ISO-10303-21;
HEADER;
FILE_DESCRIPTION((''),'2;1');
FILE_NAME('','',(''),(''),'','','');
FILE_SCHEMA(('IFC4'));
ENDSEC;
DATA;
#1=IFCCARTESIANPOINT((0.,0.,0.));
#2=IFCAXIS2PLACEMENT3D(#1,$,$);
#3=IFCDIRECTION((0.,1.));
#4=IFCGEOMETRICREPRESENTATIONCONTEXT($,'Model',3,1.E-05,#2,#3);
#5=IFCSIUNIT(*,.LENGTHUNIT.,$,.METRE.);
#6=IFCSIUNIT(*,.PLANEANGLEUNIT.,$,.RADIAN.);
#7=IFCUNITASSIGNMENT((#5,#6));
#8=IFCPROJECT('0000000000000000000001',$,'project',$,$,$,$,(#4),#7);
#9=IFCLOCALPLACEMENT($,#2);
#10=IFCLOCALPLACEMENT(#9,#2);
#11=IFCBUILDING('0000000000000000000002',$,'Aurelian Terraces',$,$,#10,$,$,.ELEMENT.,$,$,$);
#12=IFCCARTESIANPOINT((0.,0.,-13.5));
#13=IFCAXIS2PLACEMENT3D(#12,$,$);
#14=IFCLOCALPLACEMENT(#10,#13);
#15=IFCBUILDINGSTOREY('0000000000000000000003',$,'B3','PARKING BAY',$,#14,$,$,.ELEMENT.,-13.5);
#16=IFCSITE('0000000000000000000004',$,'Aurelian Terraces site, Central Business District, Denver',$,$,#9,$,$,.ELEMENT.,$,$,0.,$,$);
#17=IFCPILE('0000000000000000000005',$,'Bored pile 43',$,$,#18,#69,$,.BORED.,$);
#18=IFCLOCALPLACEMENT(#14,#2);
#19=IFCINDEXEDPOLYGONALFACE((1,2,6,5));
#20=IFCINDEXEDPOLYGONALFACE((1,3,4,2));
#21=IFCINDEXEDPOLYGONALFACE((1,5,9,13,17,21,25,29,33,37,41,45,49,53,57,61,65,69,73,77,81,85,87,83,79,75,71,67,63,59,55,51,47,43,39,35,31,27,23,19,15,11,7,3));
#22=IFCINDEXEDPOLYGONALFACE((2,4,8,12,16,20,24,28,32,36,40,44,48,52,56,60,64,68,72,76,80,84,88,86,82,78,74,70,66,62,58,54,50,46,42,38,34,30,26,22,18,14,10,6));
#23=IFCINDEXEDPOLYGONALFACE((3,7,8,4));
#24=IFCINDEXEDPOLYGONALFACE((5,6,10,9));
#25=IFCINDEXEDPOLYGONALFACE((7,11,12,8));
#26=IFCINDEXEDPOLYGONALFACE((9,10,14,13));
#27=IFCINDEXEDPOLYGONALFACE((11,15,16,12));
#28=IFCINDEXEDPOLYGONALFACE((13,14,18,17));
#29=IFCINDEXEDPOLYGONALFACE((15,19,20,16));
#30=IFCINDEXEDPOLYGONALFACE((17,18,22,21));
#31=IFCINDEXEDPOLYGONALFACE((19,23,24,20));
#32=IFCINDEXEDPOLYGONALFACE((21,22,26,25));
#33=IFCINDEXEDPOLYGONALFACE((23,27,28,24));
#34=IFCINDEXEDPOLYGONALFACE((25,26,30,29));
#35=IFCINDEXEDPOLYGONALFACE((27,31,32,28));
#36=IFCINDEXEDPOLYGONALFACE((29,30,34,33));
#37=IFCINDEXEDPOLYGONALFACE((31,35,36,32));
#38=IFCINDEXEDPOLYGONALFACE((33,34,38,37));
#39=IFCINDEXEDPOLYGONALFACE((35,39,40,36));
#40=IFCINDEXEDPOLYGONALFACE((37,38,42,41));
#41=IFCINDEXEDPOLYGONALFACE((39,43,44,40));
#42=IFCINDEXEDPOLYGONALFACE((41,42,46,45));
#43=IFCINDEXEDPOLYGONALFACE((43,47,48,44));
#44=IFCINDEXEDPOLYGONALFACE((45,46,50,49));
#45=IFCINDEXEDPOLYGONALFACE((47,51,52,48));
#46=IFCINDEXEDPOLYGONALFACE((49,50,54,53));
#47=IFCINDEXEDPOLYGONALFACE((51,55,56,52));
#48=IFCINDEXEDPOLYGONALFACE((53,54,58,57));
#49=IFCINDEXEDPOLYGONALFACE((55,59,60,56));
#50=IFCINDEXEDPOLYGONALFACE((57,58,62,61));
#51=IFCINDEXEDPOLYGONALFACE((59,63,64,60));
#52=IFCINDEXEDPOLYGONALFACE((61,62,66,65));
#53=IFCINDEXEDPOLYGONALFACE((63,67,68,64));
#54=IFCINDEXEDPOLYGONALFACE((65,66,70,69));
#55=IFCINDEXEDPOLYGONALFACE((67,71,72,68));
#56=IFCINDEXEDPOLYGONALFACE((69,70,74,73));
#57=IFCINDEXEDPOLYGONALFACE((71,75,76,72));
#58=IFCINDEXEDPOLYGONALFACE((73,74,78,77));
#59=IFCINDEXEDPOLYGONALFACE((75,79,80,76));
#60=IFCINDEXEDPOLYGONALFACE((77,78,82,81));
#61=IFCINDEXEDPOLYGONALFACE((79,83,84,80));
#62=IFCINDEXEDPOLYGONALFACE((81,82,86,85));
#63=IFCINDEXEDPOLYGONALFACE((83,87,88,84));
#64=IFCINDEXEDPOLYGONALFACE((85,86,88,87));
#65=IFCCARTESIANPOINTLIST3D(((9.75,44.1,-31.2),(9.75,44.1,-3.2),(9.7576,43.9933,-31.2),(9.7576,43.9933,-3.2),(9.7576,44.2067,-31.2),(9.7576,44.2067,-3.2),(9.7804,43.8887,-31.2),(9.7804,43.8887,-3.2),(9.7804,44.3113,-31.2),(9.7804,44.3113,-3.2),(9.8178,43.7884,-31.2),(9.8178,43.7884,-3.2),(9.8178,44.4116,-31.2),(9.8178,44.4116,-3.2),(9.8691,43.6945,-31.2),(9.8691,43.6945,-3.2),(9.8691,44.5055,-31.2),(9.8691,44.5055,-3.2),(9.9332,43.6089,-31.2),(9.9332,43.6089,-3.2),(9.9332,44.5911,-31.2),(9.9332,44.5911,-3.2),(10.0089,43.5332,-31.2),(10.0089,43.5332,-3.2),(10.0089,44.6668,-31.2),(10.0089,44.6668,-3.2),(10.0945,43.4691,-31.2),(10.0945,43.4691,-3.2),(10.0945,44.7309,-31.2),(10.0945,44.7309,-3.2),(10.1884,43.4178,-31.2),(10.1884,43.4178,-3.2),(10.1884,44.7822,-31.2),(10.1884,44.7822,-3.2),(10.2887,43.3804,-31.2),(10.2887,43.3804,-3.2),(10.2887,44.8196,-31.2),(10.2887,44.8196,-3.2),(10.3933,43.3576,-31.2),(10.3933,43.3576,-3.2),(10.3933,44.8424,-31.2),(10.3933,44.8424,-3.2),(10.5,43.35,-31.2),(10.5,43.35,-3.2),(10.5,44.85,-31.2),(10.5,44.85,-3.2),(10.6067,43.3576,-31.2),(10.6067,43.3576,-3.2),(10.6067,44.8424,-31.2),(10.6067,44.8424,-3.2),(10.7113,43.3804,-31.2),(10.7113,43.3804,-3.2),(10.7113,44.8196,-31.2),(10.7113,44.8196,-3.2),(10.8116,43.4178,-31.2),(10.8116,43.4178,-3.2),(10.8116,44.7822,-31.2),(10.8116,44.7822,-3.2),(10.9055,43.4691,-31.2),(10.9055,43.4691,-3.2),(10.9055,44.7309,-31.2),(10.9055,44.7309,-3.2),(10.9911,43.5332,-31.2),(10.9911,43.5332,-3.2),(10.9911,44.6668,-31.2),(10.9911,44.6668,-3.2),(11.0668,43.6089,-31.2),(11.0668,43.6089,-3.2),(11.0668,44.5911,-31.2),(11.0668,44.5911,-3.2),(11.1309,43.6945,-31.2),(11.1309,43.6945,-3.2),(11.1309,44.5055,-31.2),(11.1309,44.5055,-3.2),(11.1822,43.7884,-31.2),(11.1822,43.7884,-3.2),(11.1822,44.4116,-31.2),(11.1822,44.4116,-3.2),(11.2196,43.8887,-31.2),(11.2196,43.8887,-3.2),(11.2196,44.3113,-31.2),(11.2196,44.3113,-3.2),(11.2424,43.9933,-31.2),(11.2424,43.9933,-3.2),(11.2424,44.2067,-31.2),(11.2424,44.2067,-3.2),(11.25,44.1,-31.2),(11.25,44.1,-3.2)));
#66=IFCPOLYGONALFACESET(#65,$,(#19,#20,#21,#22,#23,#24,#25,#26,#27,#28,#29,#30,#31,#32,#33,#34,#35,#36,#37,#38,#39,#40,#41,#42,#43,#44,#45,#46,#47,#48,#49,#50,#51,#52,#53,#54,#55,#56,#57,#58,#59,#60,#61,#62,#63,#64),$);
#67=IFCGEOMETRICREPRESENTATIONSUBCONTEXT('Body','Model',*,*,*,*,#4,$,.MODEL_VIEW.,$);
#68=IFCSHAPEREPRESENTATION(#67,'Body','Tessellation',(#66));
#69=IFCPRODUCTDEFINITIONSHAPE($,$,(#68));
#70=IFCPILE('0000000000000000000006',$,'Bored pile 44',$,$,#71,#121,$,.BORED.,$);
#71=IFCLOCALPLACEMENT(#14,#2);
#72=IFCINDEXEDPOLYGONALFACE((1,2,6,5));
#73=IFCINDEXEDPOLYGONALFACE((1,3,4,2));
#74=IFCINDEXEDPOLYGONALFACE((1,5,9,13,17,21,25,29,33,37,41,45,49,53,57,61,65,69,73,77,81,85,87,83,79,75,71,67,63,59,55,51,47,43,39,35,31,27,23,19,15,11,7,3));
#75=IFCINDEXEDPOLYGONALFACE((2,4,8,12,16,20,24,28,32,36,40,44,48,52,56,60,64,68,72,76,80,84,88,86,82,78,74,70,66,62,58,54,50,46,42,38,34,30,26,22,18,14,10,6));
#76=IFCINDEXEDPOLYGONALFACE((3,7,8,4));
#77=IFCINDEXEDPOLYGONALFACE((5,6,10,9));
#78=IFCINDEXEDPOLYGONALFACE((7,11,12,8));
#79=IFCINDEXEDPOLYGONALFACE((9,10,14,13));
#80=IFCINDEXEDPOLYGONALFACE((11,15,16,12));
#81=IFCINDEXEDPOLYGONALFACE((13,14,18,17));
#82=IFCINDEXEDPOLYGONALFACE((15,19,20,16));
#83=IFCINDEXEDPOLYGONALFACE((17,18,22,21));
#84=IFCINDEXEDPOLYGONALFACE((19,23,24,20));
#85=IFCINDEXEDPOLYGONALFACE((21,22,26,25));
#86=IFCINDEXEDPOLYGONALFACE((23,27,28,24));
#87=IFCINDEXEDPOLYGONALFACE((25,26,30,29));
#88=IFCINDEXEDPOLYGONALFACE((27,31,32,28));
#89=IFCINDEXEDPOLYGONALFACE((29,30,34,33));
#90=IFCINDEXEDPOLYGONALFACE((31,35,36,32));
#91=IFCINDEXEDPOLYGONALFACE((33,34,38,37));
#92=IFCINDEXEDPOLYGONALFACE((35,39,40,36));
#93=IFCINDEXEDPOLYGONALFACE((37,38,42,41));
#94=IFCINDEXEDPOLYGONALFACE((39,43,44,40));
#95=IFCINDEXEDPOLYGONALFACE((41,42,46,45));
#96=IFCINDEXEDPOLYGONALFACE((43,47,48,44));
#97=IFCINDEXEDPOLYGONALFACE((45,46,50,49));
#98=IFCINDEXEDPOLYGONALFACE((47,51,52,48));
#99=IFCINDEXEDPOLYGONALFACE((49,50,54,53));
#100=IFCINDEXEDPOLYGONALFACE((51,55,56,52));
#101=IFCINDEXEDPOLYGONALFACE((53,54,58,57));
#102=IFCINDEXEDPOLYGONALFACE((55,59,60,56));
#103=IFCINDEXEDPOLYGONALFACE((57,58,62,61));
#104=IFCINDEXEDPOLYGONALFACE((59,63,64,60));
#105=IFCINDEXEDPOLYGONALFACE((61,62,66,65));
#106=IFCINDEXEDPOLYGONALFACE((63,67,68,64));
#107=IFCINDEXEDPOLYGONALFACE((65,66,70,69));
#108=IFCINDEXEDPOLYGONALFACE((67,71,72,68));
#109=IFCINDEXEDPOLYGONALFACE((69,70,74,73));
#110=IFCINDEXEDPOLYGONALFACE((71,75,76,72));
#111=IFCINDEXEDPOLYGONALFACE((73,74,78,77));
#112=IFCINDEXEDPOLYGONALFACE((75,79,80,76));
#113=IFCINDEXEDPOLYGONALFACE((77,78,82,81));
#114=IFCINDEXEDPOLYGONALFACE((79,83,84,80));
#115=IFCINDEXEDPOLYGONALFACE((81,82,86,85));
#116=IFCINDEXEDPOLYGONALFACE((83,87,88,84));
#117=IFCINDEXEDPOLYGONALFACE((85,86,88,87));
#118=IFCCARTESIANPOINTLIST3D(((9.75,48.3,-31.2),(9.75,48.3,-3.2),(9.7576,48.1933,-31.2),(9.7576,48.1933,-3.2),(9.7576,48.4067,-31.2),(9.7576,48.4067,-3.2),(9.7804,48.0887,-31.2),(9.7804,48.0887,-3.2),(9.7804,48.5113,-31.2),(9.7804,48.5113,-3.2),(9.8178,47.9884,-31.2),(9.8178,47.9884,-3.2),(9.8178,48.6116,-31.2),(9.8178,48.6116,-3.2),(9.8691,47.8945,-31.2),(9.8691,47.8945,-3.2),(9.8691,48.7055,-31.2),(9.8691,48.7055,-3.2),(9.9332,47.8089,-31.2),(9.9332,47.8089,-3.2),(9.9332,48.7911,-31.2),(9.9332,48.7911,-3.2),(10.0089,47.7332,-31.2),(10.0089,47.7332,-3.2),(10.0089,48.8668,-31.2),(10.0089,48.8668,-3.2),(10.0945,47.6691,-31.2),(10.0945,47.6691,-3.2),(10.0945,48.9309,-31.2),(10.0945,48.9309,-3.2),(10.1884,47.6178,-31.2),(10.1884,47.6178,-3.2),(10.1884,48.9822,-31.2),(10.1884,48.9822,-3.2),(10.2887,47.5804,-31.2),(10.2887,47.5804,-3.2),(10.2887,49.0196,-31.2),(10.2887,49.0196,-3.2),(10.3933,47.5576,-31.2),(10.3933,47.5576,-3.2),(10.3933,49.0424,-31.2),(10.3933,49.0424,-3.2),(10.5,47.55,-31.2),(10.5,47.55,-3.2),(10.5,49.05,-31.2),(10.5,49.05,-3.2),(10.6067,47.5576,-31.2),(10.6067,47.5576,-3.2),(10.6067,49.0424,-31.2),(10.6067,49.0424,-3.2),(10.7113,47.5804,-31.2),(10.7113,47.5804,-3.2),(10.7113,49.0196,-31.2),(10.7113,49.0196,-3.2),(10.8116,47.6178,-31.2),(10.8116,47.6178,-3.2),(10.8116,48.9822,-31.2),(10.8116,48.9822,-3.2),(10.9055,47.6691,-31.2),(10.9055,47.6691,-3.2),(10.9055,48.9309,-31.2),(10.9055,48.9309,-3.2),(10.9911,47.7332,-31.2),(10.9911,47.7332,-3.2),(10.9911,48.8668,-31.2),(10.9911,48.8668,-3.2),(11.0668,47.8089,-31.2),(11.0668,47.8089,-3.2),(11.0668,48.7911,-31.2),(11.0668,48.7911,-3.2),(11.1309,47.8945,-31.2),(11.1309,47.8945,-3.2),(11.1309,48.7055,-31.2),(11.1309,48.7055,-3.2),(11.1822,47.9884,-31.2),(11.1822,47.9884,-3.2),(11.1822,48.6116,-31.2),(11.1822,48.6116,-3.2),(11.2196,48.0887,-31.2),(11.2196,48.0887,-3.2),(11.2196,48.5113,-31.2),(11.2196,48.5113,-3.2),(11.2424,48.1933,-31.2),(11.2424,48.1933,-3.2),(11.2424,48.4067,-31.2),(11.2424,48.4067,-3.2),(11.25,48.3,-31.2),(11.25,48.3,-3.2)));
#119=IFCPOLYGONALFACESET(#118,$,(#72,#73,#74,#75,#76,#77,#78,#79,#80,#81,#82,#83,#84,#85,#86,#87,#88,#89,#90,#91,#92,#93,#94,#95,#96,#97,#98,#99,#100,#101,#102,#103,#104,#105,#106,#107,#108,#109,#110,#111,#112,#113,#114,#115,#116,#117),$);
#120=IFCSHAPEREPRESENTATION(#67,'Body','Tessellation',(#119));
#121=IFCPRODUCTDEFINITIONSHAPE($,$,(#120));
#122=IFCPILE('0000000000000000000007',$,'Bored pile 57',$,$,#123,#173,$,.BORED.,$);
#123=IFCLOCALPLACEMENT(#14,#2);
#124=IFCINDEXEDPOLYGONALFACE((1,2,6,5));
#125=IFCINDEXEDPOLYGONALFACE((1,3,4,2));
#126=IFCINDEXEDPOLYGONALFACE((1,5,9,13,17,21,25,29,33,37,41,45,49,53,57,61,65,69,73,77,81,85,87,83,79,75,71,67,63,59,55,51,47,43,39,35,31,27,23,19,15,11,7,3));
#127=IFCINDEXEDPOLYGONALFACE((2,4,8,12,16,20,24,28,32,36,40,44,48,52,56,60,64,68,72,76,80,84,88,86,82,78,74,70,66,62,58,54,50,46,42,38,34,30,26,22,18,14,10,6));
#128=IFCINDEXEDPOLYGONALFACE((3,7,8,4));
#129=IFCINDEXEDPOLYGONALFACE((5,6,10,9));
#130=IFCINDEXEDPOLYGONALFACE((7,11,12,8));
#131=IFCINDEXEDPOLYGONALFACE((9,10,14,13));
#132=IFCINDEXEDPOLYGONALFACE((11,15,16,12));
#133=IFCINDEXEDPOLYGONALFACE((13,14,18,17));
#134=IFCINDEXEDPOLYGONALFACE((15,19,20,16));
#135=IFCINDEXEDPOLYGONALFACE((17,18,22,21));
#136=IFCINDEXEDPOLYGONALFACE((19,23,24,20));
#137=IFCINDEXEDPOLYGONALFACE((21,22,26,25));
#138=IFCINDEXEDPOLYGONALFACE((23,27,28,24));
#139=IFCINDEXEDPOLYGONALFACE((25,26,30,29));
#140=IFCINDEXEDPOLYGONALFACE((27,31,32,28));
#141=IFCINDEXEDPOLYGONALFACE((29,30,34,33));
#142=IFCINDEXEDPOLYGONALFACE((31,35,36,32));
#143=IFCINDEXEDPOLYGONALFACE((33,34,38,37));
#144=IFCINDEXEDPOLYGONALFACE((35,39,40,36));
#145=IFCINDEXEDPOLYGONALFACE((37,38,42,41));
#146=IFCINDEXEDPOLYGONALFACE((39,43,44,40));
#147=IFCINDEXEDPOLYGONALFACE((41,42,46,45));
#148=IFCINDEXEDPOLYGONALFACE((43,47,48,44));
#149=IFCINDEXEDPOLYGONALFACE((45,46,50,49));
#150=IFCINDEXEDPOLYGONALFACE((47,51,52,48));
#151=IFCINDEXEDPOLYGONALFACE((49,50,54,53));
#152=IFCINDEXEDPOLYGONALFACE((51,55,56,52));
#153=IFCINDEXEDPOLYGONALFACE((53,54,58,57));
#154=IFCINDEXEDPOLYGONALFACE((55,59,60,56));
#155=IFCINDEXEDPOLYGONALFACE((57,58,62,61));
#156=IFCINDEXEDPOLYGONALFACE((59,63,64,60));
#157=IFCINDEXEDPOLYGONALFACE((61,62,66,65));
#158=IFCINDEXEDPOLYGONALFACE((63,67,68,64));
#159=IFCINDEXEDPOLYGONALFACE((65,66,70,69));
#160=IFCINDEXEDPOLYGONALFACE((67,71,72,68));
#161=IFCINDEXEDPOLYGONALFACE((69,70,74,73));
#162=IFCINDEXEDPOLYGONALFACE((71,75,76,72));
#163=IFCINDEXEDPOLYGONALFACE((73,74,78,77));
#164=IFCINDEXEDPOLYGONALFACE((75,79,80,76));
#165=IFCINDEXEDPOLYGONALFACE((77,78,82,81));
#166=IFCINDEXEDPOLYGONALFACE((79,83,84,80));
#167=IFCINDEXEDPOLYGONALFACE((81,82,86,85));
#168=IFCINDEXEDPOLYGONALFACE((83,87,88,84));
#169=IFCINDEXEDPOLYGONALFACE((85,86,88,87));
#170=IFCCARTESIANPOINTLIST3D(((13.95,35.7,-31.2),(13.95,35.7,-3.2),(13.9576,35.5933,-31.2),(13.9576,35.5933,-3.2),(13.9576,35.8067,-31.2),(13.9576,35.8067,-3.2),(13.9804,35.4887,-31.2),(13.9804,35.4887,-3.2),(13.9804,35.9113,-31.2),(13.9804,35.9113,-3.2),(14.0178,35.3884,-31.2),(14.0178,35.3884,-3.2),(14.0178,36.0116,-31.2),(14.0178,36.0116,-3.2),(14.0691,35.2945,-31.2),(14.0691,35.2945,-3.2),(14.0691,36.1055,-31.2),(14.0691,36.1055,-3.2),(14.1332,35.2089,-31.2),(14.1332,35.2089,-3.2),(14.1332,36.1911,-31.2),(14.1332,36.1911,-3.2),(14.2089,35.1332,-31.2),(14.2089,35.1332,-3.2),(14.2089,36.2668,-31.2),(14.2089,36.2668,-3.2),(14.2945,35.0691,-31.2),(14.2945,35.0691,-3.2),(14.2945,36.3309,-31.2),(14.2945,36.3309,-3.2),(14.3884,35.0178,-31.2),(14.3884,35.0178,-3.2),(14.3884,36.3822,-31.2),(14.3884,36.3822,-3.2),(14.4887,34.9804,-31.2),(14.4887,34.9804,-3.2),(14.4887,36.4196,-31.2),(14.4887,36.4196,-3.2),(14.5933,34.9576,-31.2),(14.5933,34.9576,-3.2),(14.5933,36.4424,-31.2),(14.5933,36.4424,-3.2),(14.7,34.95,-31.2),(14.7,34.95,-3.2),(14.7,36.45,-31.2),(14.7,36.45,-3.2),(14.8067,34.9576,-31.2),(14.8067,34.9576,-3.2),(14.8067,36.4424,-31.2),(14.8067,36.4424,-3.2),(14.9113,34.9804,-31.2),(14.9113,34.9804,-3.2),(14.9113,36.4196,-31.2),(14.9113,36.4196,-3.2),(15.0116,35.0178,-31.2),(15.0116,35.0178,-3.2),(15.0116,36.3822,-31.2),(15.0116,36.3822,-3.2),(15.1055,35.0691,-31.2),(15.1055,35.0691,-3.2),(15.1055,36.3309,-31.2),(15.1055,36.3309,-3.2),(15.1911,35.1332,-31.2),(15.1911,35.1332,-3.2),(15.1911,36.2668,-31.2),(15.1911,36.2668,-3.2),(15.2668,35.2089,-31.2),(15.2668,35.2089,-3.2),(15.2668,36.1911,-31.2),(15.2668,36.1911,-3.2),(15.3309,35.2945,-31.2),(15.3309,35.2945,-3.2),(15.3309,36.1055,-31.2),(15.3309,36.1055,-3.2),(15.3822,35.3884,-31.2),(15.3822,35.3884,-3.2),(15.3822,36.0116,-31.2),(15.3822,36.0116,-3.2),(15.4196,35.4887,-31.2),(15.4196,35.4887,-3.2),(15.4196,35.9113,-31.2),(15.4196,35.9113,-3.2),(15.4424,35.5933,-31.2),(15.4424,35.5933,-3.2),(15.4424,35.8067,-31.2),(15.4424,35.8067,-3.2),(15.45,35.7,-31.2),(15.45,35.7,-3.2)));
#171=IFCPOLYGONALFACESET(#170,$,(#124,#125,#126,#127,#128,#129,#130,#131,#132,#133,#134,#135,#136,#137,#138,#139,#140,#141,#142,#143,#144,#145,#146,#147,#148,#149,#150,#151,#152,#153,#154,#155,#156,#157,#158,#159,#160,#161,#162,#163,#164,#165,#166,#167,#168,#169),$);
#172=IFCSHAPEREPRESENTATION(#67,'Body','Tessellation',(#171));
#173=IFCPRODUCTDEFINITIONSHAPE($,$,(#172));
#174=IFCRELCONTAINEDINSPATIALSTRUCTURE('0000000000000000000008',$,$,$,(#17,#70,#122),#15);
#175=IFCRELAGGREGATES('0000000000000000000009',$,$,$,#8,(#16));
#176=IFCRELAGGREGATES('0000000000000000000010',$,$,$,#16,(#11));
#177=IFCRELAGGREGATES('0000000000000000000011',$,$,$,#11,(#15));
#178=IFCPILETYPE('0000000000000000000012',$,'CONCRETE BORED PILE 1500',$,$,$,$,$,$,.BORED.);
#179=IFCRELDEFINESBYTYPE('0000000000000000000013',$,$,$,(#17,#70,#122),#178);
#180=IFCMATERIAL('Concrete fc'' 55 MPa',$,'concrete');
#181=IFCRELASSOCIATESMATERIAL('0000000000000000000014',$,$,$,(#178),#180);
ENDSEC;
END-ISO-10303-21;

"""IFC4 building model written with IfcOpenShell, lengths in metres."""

from ifc_helpers import new_model, si_unit, direction, frame, origin, origin_2d, place, context, subcontext, project, spatial, circle, extrude, source, transform, mapped, material, material_profile, profile_set, type_object, element, save


model = new_model("IFC4")

# Units and contexts
model_context = context("Model", 3, precision=1e-05, world=origin(), true_north=direction((0.0, 1.0)))
body_context = subcontext(model_context, "Body", "Model", "MODEL_VIEW")
ifc_project = project(units=[si_unit("LENGTHUNIT", "METRE"), si_unit("PLANEANGLEUNIT", "RADIAN")], contexts=[model_context])

# Site, building, storey
site_placement = place(None, origin())
site = spatial("IfcSite", under=ifc_project, at=site_placement, Name="Aurelian Terraces site, Central Business District, Denver", CompositionType="ELEMENT", RefElevation=0.0)
building_placement = place(site_placement, origin())
building = spatial("IfcBuilding", under=site, at=building_placement, Name="Aurelian Terraces", CompositionType="ELEMENT")
storey_placement = place(building_placement, frame((0.0, 0.0, -13.5)))
storey = spatial("IfcBuildingStorey", under=building, at=storey_placement, Name="B3", Description="PARKING BAY", CompositionType="ELEMENT", Elevation=-13.5)

# Piles
ifc_material_1 = material(Name="Concrete fc' 55 MPa", Category="concrete")
ifc_material_profile_1 = material_profile(ifc_material_1, circle(Radius=0.75, at=origin_2d()))
ifc_profile_set_1 = profile_set([ifc_material_profile_1], Name="Concrete fc' 55 MPa")
pile_type = type_object("IfcPileType", Name="CONCRETE BORED PILE 1500", PredefinedType="BORED", material=ifc_profile_set_1)
shared_shape_1 = source(origin(), body_context, "Body", "SweptSolid", [
    extrude(circle(Radius=0.75, at=origin_2d()), origin(), (0.0, 0.0, 1.0), 28.0),
])
for number, where, z_axis, x_axis, name in (
    (1, (10.5, 44.1, -3.2), (0.0, 0.0, -1.0), (1.0, 0.0, 0.0), "Bored pile 43"),
    (2, (10.5, 48.3, -3.2), (0.0, 0.0, -1.0), (1.0, 0.0, 0.0), "Bored pile 44"),
    (3, (14.7, 35.7, -3.2), (0.0, 0.0, -1.0), (1.0, 0.0, 0.0), "Bored pile 57"),
):
    element("IfcPile", number, at=place(storey_placement, frame(where, z_axis=z_axis, x_axis=x_axis)), inside=storey, type_object=pile_type, Name=name, PredefinedType="BORED", context=body_context, shape_type="MappedRepresentation", body=[
        mapped(shared_shape_1, transform((0.0, 0.0, 0.0), scale=1.0)),
    ])

save(model, "model.ifc")
